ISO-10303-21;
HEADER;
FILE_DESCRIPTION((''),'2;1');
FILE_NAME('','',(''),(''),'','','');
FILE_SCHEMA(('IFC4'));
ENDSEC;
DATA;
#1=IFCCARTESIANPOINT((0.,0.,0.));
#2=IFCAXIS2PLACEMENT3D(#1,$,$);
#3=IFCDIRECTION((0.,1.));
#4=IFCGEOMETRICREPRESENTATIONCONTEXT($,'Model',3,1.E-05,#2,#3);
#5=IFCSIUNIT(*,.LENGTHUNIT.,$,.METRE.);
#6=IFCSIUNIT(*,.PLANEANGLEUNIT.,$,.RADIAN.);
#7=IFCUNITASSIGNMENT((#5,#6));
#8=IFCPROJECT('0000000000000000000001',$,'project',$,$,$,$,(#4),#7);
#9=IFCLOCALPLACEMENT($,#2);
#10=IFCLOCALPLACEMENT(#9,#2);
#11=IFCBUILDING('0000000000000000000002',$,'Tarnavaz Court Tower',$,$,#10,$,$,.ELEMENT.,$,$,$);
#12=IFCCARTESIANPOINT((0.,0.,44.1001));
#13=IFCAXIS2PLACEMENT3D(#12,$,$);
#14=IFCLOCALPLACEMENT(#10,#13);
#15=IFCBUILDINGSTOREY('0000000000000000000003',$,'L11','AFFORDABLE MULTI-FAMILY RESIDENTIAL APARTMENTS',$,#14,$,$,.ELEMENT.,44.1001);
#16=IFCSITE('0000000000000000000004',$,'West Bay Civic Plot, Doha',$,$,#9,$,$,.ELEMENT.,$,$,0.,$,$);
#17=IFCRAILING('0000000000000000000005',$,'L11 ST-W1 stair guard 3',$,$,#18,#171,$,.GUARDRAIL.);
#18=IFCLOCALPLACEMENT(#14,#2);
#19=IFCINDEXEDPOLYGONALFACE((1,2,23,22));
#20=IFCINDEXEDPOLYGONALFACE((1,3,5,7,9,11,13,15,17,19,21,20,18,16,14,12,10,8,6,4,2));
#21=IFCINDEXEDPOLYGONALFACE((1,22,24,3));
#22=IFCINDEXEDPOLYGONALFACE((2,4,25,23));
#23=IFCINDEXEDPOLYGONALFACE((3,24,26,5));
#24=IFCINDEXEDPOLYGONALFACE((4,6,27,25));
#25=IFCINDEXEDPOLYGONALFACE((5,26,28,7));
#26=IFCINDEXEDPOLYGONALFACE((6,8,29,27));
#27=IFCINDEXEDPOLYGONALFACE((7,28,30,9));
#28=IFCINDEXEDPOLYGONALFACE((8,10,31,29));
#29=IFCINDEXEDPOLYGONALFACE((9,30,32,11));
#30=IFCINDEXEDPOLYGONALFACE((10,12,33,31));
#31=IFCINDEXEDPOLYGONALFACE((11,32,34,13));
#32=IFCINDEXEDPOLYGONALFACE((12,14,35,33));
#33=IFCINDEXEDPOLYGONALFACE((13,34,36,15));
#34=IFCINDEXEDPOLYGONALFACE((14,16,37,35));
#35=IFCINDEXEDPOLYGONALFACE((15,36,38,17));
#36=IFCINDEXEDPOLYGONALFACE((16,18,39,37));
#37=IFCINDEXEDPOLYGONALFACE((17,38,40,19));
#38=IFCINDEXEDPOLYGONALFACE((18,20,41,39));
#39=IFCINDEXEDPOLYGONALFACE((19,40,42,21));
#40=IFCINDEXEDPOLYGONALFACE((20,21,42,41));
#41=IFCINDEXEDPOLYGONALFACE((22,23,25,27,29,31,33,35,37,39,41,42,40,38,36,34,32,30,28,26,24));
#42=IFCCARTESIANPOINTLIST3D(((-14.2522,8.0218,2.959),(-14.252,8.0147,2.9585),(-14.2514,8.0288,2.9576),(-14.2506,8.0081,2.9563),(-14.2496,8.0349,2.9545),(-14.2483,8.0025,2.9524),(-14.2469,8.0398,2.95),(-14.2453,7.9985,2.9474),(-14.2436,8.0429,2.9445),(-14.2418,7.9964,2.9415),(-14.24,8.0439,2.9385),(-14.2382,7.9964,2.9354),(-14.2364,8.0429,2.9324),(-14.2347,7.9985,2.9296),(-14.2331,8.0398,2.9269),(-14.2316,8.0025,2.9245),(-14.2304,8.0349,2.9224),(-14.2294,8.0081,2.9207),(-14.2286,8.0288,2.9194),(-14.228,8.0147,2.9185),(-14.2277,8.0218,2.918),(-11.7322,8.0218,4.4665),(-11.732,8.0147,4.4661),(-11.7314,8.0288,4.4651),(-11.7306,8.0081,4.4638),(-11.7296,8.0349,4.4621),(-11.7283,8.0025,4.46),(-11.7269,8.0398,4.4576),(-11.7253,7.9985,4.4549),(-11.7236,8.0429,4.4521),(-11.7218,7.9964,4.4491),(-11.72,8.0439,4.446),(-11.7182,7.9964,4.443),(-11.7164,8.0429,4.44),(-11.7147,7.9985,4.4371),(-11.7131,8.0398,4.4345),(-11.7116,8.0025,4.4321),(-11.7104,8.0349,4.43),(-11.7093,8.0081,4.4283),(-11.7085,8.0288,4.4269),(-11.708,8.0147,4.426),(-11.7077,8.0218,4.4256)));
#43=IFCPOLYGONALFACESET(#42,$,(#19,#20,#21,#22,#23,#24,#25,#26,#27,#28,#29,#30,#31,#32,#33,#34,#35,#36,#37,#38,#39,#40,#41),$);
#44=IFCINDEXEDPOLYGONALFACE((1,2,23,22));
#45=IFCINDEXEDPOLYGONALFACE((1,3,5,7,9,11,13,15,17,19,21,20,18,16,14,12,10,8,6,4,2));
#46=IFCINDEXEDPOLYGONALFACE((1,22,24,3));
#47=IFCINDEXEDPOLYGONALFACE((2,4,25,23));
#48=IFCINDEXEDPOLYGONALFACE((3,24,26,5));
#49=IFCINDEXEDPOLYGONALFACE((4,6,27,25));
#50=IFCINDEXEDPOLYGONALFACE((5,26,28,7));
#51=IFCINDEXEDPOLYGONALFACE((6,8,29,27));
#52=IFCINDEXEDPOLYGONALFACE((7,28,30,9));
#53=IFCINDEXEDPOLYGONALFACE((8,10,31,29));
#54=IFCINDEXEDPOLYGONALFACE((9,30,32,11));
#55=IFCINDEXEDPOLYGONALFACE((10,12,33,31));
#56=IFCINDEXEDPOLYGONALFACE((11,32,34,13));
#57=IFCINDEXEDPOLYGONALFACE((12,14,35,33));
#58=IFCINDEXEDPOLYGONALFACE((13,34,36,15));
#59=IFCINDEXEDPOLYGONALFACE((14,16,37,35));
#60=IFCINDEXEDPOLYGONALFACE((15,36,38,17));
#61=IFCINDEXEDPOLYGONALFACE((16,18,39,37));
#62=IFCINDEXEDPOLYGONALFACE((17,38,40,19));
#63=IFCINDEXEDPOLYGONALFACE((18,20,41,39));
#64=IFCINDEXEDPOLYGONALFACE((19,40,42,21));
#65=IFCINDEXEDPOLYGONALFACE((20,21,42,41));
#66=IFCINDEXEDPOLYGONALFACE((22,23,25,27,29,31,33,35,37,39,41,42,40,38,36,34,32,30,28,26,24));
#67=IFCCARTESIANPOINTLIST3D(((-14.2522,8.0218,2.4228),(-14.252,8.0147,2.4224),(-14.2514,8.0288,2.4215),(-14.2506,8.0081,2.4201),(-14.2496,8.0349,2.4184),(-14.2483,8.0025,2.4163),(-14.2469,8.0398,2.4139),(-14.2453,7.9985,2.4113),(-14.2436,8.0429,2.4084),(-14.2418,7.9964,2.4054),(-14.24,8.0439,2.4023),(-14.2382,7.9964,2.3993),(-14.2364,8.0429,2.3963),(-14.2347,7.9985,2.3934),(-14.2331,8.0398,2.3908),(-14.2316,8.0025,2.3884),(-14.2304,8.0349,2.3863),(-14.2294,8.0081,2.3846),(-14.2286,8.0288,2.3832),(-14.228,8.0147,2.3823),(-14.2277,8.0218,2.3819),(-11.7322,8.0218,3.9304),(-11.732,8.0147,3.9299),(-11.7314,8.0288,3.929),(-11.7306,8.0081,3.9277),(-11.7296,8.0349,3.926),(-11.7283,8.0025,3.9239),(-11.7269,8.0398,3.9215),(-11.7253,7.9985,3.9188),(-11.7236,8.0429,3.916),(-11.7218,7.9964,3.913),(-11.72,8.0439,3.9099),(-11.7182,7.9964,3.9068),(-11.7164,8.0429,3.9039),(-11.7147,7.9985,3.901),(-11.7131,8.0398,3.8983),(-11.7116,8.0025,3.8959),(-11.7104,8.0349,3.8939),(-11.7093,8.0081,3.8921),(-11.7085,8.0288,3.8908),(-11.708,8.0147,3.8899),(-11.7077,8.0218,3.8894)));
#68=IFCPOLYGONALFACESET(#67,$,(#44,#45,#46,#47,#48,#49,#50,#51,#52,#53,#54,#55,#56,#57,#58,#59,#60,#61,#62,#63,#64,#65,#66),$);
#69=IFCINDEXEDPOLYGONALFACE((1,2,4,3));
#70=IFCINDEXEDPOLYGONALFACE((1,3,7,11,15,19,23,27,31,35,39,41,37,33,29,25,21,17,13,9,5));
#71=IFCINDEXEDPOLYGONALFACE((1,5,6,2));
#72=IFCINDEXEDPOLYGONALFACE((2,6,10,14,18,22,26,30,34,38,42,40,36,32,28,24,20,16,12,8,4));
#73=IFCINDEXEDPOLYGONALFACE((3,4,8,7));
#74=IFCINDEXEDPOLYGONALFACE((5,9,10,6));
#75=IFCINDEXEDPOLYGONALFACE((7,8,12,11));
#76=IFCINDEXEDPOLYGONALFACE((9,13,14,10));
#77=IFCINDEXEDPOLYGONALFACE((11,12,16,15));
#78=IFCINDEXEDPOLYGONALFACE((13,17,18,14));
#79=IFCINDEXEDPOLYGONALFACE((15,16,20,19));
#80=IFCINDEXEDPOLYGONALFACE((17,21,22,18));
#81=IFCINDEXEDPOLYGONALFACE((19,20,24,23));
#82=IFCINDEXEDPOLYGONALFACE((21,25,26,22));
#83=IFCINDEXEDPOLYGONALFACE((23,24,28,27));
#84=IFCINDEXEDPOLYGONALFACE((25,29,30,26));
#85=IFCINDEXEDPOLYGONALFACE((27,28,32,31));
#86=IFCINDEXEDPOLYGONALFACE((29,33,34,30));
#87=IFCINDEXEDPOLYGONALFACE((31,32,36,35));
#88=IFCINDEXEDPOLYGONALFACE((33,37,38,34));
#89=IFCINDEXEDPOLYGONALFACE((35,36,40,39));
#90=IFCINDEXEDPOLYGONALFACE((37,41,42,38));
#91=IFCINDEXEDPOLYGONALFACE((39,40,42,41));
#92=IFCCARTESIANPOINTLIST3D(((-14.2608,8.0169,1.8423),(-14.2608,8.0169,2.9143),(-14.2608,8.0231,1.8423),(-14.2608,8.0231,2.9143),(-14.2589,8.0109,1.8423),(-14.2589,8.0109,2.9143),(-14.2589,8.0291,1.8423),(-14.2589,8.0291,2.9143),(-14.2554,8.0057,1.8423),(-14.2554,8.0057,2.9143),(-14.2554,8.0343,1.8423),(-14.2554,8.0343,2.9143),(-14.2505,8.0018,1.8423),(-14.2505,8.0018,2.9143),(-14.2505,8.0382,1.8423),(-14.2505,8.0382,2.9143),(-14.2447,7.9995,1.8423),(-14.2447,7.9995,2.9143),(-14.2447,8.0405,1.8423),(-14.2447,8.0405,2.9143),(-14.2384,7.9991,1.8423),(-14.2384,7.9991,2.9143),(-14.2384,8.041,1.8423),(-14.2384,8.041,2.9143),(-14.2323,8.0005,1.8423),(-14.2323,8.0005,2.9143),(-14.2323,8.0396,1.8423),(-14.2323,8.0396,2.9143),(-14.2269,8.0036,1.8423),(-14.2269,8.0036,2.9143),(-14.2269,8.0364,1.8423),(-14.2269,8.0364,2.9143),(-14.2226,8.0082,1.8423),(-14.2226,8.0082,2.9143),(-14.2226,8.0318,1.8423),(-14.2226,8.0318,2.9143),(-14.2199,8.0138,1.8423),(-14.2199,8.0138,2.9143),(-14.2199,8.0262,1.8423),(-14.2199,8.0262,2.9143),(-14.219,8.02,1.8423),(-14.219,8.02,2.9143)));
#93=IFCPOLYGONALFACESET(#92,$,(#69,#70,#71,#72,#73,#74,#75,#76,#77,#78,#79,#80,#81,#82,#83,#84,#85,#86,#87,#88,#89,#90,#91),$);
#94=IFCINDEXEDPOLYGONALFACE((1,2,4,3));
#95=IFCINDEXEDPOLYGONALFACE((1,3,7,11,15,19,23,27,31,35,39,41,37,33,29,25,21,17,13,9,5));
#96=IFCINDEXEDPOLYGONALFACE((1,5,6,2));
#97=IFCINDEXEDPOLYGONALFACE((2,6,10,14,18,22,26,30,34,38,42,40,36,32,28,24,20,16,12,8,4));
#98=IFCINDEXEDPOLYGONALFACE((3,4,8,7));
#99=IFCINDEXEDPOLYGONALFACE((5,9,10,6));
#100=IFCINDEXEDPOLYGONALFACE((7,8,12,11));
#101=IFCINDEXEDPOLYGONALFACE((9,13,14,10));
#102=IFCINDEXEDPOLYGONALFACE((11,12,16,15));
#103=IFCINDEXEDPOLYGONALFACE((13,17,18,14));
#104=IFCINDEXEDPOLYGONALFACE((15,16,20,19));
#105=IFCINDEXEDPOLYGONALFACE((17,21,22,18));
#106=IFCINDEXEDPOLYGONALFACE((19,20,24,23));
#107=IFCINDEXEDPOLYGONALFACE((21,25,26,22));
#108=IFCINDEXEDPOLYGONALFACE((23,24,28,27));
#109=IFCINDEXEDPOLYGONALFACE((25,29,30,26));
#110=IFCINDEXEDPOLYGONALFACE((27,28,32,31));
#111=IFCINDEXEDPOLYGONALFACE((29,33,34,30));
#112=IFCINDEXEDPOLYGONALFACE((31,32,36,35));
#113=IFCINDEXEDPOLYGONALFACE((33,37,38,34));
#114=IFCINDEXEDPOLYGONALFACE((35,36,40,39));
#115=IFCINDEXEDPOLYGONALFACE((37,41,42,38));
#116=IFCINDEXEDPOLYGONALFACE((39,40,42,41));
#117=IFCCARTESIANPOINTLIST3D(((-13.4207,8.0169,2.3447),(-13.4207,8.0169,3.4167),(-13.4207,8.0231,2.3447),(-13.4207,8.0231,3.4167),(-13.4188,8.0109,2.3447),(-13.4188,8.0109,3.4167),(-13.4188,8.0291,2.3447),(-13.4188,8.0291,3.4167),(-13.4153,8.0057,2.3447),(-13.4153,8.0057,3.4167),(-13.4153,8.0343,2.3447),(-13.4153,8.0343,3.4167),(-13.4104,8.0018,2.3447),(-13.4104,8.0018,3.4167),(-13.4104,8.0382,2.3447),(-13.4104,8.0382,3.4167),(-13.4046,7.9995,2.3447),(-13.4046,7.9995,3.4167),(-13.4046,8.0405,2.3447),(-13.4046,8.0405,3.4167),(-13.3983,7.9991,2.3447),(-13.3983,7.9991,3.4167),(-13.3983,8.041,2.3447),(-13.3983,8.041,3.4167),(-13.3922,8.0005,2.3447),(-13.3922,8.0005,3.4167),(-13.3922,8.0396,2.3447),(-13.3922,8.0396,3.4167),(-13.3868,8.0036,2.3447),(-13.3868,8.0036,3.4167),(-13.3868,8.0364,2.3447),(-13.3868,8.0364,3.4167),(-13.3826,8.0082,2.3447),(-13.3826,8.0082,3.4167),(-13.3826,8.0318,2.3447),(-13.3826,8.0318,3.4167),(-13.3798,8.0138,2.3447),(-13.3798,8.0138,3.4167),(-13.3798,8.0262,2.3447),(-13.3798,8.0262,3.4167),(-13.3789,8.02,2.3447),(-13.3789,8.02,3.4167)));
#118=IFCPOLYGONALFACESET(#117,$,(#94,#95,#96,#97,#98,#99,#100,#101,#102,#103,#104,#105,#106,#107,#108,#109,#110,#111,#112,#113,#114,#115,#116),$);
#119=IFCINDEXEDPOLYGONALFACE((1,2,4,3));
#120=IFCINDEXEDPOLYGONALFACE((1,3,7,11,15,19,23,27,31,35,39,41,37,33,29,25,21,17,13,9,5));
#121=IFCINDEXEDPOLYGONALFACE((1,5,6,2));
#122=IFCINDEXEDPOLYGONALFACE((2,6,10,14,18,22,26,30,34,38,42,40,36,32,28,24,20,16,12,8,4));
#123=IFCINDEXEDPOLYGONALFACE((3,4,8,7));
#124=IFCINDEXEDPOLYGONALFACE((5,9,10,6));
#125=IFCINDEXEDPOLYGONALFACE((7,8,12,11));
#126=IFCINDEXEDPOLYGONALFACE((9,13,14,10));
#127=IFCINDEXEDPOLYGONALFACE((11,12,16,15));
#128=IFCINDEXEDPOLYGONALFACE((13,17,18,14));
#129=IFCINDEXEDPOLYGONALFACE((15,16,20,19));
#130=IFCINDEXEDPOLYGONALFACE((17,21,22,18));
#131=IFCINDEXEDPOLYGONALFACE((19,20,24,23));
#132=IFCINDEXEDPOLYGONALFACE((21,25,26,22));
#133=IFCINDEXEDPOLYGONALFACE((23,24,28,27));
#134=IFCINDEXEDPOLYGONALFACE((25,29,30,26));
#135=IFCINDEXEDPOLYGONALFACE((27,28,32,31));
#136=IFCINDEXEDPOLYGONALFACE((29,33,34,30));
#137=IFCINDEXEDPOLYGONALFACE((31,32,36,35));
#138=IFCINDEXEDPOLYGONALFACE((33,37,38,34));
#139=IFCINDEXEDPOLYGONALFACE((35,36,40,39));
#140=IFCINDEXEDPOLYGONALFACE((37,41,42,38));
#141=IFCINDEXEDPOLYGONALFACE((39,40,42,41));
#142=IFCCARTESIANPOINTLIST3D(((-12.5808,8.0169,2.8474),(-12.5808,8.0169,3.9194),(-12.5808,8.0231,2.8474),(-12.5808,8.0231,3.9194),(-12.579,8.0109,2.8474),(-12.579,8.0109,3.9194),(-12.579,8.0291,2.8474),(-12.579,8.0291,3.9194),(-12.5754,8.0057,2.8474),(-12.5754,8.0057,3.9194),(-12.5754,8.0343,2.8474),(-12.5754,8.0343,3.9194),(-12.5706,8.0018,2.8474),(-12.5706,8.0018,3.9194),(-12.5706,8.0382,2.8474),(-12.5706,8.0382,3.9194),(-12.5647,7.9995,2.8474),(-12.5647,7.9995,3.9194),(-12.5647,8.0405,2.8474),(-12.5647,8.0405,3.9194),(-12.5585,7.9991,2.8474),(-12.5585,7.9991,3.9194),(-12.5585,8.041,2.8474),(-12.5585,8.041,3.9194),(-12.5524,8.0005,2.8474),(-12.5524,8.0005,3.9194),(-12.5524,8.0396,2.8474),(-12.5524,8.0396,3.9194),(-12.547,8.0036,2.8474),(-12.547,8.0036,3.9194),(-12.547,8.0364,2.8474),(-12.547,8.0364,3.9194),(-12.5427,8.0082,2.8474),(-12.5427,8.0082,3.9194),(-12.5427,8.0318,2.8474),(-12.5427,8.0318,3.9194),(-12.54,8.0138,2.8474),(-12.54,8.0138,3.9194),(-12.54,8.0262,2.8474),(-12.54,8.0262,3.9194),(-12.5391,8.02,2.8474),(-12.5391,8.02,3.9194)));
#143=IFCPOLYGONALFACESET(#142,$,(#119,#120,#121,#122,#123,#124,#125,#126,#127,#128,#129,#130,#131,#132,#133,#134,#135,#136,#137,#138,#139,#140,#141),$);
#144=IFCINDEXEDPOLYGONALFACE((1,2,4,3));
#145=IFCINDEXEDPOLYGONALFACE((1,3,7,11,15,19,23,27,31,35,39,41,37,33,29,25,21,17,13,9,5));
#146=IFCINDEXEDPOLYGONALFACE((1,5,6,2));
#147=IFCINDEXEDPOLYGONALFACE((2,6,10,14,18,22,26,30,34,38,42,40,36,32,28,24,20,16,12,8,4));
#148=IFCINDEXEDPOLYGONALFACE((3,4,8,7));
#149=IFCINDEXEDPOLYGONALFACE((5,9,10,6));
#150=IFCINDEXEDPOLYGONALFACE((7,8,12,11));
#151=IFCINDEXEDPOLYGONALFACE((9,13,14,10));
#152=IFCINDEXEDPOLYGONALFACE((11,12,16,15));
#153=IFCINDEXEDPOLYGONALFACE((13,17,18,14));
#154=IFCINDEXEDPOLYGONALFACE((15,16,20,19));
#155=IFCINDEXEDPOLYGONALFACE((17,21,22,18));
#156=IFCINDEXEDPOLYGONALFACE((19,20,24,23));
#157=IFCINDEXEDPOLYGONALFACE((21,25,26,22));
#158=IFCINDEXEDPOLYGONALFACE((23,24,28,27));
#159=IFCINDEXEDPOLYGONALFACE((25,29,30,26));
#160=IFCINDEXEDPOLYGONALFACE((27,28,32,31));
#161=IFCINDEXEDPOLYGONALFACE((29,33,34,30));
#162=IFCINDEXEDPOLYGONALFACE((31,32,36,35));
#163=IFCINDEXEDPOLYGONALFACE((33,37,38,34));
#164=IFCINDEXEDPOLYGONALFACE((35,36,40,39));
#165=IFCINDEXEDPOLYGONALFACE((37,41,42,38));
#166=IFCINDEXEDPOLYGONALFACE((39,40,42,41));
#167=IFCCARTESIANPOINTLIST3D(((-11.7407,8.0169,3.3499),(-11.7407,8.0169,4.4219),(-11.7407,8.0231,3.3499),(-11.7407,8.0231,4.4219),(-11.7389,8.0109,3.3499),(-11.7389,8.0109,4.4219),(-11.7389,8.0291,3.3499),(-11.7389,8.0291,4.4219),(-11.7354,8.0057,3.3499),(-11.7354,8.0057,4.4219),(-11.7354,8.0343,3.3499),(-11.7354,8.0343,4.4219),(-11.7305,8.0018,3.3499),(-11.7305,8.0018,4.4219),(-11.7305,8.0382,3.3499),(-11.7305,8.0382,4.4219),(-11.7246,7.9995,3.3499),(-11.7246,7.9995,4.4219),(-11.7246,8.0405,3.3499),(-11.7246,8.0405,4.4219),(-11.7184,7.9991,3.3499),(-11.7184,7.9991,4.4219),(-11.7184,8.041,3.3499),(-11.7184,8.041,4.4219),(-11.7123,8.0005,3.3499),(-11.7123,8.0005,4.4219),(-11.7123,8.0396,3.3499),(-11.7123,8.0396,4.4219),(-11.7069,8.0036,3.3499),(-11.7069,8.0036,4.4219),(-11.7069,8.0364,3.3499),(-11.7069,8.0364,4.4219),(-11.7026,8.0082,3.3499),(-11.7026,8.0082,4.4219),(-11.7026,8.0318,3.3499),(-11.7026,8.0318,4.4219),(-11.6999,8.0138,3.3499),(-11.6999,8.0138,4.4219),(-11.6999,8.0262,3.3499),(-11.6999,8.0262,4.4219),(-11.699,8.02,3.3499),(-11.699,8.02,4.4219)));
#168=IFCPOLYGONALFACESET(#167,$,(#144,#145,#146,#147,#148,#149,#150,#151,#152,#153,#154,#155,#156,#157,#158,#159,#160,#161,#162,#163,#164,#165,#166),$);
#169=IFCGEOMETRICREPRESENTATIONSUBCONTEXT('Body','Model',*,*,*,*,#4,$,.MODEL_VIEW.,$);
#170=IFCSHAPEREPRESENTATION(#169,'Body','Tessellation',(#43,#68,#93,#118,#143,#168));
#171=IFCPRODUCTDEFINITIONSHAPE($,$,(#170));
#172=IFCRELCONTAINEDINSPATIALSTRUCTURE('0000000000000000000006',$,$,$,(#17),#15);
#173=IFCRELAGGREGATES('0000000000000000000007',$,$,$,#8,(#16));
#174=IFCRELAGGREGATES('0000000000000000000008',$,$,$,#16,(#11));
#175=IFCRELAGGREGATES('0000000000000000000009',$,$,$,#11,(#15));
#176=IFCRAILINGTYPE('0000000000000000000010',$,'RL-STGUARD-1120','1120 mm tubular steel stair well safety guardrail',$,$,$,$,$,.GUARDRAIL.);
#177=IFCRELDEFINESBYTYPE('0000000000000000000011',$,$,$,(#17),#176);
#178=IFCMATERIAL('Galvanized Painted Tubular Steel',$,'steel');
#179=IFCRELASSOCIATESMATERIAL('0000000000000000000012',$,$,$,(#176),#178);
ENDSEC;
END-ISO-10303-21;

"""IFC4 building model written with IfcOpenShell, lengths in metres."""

from ifc_helpers import new_model, si_unit, direction, frame, origin, origin_2d, place, context, subcontext, project, spatial, circle, extrude, material, type_object, element, save


model = new_model("IFC4")

# Units and contexts
model_context = context("Model", 3, precision=1e-05, world=origin(), true_north=direction((0.0, 1.0)))
body_context = subcontext(model_context, "Body", "Model", "MODEL_VIEW")
ifc_project = project(units=[si_unit("LENGTHUNIT", "METRE"), si_unit("PLANEANGLEUNIT", "RADIAN")], contexts=[model_context])

# Site, building, storey
site_placement = place(None, origin())
site = spatial("IfcSite", under=ifc_project, at=site_placement, Name="West Bay Civic Plot, Doha", CompositionType="ELEMENT", RefElevation=0.0)
building_placement = place(site_placement, origin())
building = spatial("IfcBuilding", under=site, at=building_placement, Name="Tarnavaz Court Tower", CompositionType="ELEMENT")
storey_placement = place(building_placement, frame((0.0, 0.0, 44.1001)))
storey = spatial("IfcBuildingStorey", under=building, at=storey_placement, Name="L11", Description="AFFORDABLE MULTI-FAMILY RESIDENTIAL APARTMENTS", CompositionType="ELEMENT", Elevation=44.1001)

# Railing
ifc_material_1 = material(Name="Galvanized Painted Tubular Steel", Category="steel")
railing_type_1 = type_object("IfcRailingType", Name="RL-STGUARD-1120", Description="1120 mm tubular steel stair well safety guardrail", PredefinedType="GUARDRAIL", material=ifc_material_1)
railing_1_placement = place(storey_placement, frame((-14.24, 8.02, 1.8423)))
element("IfcRailing", 1, at=railing_1_placement, inside=storey, type_object=railing_type_1, Name="L11 ST-W1 stair guard 3", PredefinedType="GUARDRAIL", context=body_context, shape_type="SweptSolid", body=[
    extrude(circle(Radius=0.0239, at=origin_2d()), frame((0.0, 0.0, 1.0962), z_axis=(0.85816, 0.0, 0.513383), x_axis=(0.0, 1.0, 0.0)), (0.0, 0.0, 1.0), 2.9365),
    extrude(circle(Radius=0.0239, at=origin_2d()), frame((0.0, 0.0, 0.5601), z_axis=(0.85816, 0.0, 0.513383), x_axis=(0.0, 1.0, 0.0)), (0.0, 0.0, 1.0), 2.9365),
    extrude(circle(Radius=0.021, at=origin_2d()), origin(), (0.0, 0.0, 1.0), 1.072),
    extrude(circle(Radius=0.021, at=origin_2d()), frame((0.8401, 0.0, 0.5024)), (0.0, 0.0, 1.0), 1.072),
    extrude(circle(Radius=0.021, at=origin_2d()), frame((1.6799, 0.0, 1.0051)), (0.0, 0.0, 1.0), 1.072),
    extrude(circle(Radius=0.021, at=origin_2d()), frame((2.52, 0.0, 1.5076)), (0.0, 0.0, 1.0), 1.072),
])

save(model, "model.ifc")
